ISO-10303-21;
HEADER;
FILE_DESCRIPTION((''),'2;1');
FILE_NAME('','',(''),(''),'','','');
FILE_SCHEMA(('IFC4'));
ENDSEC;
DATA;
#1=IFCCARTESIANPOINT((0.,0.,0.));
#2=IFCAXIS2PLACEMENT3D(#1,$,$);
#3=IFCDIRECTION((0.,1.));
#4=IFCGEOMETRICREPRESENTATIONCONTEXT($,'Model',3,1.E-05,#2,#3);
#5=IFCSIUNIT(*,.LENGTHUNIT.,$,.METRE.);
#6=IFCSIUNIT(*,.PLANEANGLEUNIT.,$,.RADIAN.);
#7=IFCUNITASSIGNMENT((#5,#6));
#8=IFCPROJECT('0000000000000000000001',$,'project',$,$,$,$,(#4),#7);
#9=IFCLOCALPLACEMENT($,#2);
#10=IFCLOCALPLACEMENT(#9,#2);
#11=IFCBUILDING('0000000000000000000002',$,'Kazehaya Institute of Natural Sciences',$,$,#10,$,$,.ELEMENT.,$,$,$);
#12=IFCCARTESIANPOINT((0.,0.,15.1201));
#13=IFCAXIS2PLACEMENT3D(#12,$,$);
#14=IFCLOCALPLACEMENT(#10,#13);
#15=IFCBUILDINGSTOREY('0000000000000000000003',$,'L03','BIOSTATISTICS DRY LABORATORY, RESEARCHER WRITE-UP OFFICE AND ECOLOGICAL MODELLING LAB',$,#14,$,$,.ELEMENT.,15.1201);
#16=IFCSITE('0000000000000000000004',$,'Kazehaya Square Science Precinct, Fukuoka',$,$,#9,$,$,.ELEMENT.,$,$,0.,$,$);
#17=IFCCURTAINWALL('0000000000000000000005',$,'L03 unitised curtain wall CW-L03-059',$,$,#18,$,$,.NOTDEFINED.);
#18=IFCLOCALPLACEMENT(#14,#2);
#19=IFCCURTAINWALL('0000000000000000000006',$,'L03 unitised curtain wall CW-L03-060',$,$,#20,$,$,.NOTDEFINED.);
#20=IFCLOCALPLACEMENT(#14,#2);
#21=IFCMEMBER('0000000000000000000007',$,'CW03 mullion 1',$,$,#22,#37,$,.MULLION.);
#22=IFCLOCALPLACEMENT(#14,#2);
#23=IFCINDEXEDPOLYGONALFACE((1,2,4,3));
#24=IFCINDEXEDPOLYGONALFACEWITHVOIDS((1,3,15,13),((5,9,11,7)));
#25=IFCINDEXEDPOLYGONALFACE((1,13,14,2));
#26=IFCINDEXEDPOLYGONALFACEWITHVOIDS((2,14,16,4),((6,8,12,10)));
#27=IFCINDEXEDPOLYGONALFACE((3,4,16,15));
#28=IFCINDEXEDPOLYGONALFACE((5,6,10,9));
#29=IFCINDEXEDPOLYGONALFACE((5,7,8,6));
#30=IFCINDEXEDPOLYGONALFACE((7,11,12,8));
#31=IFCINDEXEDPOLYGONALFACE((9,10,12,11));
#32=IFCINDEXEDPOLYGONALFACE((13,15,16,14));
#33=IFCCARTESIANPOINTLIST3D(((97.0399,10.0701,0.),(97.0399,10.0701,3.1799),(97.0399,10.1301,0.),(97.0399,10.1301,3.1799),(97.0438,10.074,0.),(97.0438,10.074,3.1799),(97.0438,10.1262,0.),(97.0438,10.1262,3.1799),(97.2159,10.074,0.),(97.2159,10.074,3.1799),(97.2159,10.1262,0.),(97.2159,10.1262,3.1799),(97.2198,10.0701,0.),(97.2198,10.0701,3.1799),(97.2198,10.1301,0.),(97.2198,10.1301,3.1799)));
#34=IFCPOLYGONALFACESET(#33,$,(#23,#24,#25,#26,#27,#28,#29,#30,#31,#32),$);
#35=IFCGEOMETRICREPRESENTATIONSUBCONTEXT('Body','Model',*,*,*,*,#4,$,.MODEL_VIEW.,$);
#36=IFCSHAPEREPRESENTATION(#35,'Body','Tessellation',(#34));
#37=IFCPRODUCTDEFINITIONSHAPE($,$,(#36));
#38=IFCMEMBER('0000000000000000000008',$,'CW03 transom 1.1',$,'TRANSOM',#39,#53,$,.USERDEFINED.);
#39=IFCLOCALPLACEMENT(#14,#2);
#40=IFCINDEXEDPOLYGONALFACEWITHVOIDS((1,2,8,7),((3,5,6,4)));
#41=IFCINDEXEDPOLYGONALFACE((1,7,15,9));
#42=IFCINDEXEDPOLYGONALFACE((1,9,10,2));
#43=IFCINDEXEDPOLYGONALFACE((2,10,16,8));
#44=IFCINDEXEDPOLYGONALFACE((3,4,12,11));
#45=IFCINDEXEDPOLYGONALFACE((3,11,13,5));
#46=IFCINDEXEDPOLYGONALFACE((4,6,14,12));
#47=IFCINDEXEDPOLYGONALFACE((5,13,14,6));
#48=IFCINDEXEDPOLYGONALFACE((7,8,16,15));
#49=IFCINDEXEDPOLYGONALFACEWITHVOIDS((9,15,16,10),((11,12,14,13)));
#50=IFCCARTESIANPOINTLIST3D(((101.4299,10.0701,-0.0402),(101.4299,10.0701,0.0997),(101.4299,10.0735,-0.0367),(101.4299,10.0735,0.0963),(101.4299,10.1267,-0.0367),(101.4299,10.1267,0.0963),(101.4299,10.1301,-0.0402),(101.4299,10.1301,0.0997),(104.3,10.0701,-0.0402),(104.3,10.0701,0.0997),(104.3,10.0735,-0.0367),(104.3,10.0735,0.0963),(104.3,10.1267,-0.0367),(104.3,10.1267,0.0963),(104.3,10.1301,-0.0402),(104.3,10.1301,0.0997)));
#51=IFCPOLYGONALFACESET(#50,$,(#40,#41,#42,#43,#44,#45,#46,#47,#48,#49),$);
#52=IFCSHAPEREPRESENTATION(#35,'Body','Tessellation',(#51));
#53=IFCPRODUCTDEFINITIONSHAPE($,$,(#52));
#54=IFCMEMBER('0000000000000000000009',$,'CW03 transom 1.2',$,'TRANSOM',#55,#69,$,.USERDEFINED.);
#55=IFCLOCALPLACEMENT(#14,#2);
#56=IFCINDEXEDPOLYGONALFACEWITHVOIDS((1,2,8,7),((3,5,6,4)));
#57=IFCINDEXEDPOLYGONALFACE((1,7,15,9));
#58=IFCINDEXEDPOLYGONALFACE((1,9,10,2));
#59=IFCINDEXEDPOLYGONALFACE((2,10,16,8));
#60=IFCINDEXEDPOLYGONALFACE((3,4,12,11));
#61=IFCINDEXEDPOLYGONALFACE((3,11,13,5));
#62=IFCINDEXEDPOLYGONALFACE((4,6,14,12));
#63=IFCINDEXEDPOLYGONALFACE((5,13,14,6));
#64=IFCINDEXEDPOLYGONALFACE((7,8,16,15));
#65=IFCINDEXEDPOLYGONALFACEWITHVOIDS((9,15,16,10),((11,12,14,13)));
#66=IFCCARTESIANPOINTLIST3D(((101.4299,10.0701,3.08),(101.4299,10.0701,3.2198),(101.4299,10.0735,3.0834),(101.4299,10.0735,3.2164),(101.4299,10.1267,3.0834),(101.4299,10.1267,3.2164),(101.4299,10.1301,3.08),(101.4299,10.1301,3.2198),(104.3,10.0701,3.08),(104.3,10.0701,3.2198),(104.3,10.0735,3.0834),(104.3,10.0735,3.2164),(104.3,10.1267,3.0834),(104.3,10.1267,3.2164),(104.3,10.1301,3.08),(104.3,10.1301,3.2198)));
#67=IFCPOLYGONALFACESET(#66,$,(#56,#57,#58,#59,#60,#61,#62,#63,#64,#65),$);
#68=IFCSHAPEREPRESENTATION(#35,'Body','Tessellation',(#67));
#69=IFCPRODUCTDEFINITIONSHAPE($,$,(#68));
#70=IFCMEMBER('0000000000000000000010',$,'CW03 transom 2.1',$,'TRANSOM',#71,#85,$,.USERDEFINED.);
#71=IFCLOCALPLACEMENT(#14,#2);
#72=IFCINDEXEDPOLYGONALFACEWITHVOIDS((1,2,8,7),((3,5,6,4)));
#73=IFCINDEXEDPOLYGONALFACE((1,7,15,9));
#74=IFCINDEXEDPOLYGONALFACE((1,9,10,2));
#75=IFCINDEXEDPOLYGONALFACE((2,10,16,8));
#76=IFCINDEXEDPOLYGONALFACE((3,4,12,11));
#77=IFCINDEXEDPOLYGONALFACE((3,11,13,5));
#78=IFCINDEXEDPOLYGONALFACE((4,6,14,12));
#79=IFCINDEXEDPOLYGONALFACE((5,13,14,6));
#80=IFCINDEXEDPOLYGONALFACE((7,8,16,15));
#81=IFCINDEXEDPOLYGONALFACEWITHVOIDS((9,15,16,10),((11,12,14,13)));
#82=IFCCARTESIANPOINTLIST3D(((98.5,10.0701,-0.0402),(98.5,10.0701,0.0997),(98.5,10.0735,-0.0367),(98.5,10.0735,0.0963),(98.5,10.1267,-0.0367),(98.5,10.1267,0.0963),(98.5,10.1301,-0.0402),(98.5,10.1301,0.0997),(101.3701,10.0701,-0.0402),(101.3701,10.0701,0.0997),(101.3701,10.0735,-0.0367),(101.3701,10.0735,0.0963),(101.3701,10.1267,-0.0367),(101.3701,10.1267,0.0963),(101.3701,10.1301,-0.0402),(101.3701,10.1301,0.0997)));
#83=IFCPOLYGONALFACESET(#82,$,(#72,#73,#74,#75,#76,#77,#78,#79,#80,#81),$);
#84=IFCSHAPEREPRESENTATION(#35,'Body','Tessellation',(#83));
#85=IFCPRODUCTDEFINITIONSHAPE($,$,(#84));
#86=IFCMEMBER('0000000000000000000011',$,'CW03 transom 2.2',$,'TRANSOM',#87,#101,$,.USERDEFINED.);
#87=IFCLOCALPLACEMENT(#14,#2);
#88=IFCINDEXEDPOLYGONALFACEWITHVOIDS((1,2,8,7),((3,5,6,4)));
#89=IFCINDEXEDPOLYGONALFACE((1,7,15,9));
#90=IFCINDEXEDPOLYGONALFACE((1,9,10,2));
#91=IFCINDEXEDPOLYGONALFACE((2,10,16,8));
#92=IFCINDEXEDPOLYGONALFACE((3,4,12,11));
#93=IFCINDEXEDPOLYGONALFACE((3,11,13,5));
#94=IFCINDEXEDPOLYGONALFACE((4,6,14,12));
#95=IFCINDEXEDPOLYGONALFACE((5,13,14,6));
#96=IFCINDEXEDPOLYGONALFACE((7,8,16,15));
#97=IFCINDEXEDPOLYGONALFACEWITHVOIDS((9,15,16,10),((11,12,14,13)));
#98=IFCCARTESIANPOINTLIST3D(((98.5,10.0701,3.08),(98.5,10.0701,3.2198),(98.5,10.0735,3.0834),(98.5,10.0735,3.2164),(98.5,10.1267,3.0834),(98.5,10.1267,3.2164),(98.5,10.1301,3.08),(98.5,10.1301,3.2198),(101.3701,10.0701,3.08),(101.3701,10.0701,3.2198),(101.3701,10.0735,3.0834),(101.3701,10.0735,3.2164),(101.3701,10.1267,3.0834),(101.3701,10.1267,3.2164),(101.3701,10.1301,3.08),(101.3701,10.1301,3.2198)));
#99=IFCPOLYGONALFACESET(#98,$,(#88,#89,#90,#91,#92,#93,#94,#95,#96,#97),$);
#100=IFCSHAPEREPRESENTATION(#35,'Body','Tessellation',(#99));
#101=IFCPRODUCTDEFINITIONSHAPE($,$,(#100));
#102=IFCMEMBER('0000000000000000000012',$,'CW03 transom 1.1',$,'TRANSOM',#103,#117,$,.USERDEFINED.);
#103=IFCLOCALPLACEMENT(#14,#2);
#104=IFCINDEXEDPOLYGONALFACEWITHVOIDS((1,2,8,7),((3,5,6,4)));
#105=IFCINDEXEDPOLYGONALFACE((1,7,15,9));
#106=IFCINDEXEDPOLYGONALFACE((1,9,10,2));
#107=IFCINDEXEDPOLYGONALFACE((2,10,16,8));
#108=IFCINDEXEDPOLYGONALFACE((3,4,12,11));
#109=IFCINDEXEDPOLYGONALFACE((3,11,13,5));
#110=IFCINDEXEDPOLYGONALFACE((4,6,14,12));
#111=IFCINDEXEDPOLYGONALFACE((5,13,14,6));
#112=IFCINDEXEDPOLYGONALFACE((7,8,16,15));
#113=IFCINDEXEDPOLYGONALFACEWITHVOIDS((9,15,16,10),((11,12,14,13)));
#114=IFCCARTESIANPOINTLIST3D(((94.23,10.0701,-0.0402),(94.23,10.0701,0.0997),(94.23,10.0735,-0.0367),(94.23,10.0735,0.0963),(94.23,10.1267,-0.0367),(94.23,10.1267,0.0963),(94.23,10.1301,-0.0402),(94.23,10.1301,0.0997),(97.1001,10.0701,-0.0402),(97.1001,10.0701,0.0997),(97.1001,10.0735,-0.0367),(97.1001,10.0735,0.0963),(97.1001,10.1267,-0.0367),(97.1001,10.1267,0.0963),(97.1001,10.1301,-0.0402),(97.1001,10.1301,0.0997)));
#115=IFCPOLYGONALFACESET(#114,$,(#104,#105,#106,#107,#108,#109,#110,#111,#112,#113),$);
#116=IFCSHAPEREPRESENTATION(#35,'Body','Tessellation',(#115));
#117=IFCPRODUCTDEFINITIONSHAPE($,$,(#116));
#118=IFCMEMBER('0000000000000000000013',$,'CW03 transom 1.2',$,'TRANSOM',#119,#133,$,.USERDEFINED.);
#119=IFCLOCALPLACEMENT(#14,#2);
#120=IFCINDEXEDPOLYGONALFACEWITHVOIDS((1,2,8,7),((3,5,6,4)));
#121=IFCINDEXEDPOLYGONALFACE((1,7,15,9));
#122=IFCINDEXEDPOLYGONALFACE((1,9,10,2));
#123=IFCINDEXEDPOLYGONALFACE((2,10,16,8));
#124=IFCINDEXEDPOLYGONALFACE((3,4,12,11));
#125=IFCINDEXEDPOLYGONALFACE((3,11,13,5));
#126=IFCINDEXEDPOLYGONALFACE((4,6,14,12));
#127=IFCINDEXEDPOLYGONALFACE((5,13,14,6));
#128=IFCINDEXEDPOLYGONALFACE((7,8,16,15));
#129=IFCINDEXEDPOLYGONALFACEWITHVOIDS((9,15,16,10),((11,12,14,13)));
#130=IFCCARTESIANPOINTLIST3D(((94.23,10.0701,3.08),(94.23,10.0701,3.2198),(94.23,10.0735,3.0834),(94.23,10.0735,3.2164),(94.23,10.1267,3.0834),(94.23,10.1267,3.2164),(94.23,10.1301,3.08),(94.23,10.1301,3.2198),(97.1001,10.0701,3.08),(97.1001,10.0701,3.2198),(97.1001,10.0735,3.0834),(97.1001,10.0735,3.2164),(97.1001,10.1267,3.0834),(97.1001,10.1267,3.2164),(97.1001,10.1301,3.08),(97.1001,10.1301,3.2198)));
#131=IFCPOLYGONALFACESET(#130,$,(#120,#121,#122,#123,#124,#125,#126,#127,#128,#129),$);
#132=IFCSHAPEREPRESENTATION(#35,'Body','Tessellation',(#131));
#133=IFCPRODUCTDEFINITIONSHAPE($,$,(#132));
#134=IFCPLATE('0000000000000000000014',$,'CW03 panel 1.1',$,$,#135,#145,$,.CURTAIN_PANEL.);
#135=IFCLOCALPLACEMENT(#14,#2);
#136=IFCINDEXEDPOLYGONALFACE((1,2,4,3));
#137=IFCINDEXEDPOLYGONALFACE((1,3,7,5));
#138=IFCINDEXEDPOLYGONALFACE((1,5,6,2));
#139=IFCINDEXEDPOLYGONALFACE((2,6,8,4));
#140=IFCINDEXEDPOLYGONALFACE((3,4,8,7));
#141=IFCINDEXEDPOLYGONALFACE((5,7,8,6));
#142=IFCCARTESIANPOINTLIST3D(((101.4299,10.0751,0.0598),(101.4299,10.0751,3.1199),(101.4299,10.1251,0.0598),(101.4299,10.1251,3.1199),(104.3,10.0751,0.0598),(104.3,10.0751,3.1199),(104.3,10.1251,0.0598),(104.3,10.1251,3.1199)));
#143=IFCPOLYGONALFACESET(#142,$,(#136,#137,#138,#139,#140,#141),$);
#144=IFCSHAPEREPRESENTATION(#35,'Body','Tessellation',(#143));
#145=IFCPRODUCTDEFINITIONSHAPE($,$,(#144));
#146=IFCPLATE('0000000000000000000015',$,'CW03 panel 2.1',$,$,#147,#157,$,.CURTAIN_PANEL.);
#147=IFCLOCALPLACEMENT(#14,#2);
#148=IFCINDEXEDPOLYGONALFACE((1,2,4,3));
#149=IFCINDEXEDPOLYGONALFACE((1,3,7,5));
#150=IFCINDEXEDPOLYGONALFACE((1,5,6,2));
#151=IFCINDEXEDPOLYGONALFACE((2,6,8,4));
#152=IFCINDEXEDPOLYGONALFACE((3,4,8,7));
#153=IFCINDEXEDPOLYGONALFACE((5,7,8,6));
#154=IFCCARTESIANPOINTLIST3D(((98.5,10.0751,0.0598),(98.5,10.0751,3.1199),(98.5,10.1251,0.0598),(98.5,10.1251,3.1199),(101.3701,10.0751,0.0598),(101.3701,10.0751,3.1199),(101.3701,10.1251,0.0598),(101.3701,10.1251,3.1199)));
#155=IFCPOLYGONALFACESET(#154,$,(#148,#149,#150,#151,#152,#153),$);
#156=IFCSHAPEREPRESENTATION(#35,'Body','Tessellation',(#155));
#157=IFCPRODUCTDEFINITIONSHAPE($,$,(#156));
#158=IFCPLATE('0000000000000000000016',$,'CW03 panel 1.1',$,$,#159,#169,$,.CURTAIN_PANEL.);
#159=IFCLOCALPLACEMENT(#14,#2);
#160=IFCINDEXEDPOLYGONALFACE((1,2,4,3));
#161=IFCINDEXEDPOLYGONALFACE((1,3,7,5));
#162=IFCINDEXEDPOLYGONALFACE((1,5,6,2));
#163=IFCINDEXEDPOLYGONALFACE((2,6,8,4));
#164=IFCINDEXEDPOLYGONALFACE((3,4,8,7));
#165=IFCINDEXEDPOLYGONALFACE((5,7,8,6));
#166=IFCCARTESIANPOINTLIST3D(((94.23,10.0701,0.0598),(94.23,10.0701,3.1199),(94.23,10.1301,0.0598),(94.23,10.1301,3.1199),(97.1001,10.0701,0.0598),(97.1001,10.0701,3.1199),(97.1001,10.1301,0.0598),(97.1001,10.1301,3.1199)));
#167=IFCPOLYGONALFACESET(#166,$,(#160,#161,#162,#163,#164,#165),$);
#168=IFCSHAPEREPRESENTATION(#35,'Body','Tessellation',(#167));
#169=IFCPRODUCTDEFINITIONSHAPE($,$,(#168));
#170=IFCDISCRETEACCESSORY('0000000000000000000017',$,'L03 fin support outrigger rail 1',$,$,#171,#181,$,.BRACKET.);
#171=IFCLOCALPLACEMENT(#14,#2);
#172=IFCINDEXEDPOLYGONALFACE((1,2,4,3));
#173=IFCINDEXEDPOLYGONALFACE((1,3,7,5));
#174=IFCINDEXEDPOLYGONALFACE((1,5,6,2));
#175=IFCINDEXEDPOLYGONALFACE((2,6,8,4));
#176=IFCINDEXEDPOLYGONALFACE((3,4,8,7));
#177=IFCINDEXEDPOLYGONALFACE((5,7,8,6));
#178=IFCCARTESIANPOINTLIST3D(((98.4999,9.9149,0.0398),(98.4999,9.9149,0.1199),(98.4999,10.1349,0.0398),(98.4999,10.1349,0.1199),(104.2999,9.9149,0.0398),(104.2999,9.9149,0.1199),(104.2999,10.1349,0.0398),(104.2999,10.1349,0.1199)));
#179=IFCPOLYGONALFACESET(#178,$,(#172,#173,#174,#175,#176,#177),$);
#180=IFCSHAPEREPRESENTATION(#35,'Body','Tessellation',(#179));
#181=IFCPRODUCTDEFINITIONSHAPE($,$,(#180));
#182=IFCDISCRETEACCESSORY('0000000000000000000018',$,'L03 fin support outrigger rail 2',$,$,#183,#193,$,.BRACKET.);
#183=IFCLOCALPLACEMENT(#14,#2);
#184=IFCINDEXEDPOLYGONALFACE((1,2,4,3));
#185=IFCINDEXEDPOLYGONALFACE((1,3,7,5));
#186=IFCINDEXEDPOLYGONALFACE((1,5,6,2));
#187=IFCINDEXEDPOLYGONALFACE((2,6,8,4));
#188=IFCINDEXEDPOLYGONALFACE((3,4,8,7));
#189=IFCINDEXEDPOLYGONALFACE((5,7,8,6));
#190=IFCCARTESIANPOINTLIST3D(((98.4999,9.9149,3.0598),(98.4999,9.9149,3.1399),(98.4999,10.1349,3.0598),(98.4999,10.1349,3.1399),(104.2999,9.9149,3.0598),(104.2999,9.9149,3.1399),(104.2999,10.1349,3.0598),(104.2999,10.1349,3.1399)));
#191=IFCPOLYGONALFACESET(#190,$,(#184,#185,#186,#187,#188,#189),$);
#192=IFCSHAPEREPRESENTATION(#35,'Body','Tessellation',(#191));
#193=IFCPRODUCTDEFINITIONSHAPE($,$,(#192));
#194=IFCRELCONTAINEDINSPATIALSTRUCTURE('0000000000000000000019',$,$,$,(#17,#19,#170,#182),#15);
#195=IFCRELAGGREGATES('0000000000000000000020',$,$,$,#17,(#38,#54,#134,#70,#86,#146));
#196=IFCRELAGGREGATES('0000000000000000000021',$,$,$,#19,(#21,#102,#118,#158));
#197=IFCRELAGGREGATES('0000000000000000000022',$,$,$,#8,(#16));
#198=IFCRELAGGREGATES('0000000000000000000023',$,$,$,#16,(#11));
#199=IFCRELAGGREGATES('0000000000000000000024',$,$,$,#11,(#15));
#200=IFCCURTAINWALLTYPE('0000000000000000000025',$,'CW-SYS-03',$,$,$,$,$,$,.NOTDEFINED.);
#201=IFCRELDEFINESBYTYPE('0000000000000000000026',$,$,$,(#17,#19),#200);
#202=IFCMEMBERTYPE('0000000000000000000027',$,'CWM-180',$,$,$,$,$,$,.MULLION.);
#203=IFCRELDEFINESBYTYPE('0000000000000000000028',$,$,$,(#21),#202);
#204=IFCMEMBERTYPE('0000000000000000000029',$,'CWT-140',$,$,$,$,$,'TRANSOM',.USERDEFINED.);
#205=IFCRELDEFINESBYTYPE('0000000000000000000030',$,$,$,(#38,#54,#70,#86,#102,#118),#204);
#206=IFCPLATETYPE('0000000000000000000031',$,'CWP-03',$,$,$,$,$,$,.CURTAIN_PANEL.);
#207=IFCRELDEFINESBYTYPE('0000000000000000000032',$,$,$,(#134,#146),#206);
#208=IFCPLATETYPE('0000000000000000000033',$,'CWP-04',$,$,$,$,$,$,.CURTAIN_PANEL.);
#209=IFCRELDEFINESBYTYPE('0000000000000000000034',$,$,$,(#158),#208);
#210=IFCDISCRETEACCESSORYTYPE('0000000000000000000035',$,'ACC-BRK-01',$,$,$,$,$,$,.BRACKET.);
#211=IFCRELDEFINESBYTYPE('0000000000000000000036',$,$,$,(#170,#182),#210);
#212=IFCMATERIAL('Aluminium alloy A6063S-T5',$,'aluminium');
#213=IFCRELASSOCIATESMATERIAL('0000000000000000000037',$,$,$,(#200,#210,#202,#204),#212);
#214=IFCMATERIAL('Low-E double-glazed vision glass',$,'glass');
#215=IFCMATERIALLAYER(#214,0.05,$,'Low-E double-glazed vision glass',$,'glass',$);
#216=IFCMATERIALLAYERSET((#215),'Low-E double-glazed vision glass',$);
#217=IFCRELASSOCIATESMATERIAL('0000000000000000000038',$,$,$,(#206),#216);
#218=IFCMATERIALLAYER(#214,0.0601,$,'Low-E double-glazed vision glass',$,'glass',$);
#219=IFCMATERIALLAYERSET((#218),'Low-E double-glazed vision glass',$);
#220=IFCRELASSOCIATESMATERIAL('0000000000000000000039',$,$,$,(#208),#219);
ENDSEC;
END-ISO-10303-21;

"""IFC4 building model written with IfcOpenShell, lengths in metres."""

from ifc_helpers import new_model, si_unit, direction, frame, origin, origin_2d, place, context, subcontext, project, spatial, rectangle, hollow_rectangle, extrude, material, layer, layer_set, material_profile, profile_set, type_object, element, aggregate, save


model = new_model("IFC4")

# Units and contexts
model_context = context("Model", 3, precision=1e-05, world=origin(), true_north=direction((0.0, 1.0)))
body_context = subcontext(model_context, "Body", "Model", "MODEL_VIEW")
ifc_project = project(units=[si_unit("LENGTHUNIT", "METRE"), si_unit("PLANEANGLEUNIT", "RADIAN")], contexts=[model_context])

# Site, building, storey
site_placement = place(None, origin())
site = spatial("IfcSite", under=ifc_project, at=site_placement, Name="Kazehaya Square Science Precinct, Fukuoka", CompositionType="ELEMENT", RefElevation=0.0)
building_placement = place(site_placement, origin())
building = spatial("IfcBuilding", under=site, at=building_placement, Name="Kazehaya Institute of Natural Sciences", CompositionType="ELEMENT")
storey_placement = place(building_placement, frame((0.0, 0.0, 15.1201)))
storey = spatial("IfcBuildingStorey", under=building, at=storey_placement, Name="L03", Description="BIOSTATISTICS DRY LABORATORY, RESEARCHER WRITE-UP OFFICE AND ECOLOGICAL MODELLING LAB", CompositionType="ELEMENT", Elevation=15.1201)

# Shared definitions
ifc_material_1 = material(Name="Aluminium alloy A6063S-T5", Category="aluminium")
curtain_wall_type = type_object("IfcCurtainWallType", Name="CW-SYS-03", PredefinedType="NOTDEFINED", material=ifc_material_1)
ifc_material_profile_1 = material_profile(ifc_material_1, hollow_rectangle(XDim=0.0601, YDim=0.1799, WallThickness=0.0039, at=origin_2d()), Name="ALU-60x180x4")
ifc_profile_set_1 = profile_set([ifc_material_profile_1], Name="Aluminium alloy A6063S-T5")
member_type_1 = type_object("IfcMemberType", Name="CWM-180", PredefinedType="MULLION", material=ifc_profile_set_1)

# Curtain wall
curtain_wall_1_placement = place(storey_placement, origin())
curtain_wall_1 = element("IfcCurtainWall", 1, at=curtain_wall_1_placement, inside=storey, type_object=curtain_wall_type, Name="L03 unitised curtain wall CW-L03-059", PredefinedType="NOTDEFINED")

# Curtain wall, member
curtain_wall_2_placement = place(storey_placement, origin())
curtain_wall_2 = element("IfcCurtainWall", 2, at=curtain_wall_2_placement, inside=storey, type_object=curtain_wall_type, Name="L03 unitised curtain wall CW-L03-060", PredefinedType="NOTDEFINED")
member_1_placement = place(storey_placement, frame((97.1299, 10.1001, 0.0), z_axis=(0.0, 0.0, 1.0), x_axis=(0.0, -1.0, 0.0)))
member_1 = element("IfcMember", 3, at=member_1_placement, type_object=member_type_1, Name="CW03 mullion 1", PredefinedType="MULLION", context=body_context, shape_type="SweptSolid", body=[
    extrude(hollow_rectangle(XDim=0.0601, YDim=0.1799, WallThickness=0.0039, at=origin_2d()), origin(), (0.0, 0.0, 1.0), 3.1799),
])

# Members
ifc_material_profile_2 = material_profile(ifc_material_1, hollow_rectangle(XDim=0.0601, YDim=0.1399, WallThickness=0.0034, at=origin_2d()), Name="ALU-60x140x3.5")
ifc_profile_set_2 = profile_set([ifc_material_profile_2], Name="Aluminium alloy A6063S-T5")
member_type_2 = type_object("IfcMemberType", Name="CWT-140", ElementType="TRANSOM", PredefinedType="USERDEFINED", material=ifc_profile_set_2)
member_2_placement = place(storey_placement, frame((104.3, 10.1001, 0.0298), z_axis=(-1.0, 0.0, 0.0), x_axis=(0.0, -1.0, 0.0)))
member_2 = element("IfcMember", 4, at=member_2_placement, type_object=member_type_2, Name="CW03 transom 1.1", ObjectType="TRANSOM", PredefinedType="USERDEFINED", context=body_context, shape_type="SweptSolid", body=[
    extrude(hollow_rectangle(XDim=0.0601, YDim=0.1399, WallThickness=0.0034, at=origin_2d()), origin(), (0.0, 0.0, 1.0), 2.8701),
])
member_3_placement = place(storey_placement, frame((104.3, 10.1001, 3.1499), z_axis=(-1.0, 0.0, 0.0), x_axis=(0.0, -1.0, 0.0)))
member_3 = element("IfcMember", 5, at=member_3_placement, type_object=member_type_2, Name="CW03 transom 1.2", ObjectType="TRANSOM", PredefinedType="USERDEFINED", context=body_context, shape_type="SweptSolid", body=[
    extrude(hollow_rectangle(XDim=0.0601, YDim=0.1399, WallThickness=0.0034, at=origin_2d()), origin(), (0.0, 0.0, 1.0), 2.8701),
])
member_4_placement = place(storey_placement, frame((101.3701, 10.1001, 0.0298), z_axis=(-1.0, 0.0, 0.0), x_axis=(0.0, -1.0, 0.0)))
member_4 = element("IfcMember", 6, at=member_4_placement, type_object=member_type_2, Name="CW03 transom 2.1", ObjectType="TRANSOM", PredefinedType="USERDEFINED", context=body_context, shape_type="SweptSolid", body=[
    extrude(hollow_rectangle(XDim=0.0601, YDim=0.1399, WallThickness=0.0034, at=origin_2d()), origin(), (0.0, 0.0, 1.0), 2.8701),
])
member_5_placement = place(storey_placement, frame((101.3701, 10.1001, 3.1499), z_axis=(-1.0, 0.0, 0.0), x_axis=(0.0, -1.0, 0.0)))
member_5 = element("IfcMember", 7, at=member_5_placement, type_object=member_type_2, Name="CW03 transom 2.2", ObjectType="TRANSOM", PredefinedType="USERDEFINED", context=body_context, shape_type="SweptSolid", body=[
    extrude(hollow_rectangle(XDim=0.0601, YDim=0.1399, WallThickness=0.0034, at=origin_2d()), origin(), (0.0, 0.0, 1.0), 2.8701),
])
member_6_placement = place(storey_placement, frame((97.1001, 10.1001, 0.0298), z_axis=(-1.0, 0.0, 0.0), x_axis=(0.0, -1.0, 0.0)))
member_6 = element("IfcMember", 8, at=member_6_placement, type_object=member_type_2, Name="CW03 transom 1.1", ObjectType="TRANSOM", PredefinedType="USERDEFINED", context=body_context, shape_type="SweptSolid", body=[
    extrude(hollow_rectangle(XDim=0.0601, YDim=0.1399, WallThickness=0.0034, at=origin_2d()), origin(), (0.0, 0.0, 1.0), 2.8701),
])
member_7_placement = place(storey_placement, frame((97.1001, 10.1001, 3.1499), z_axis=(-1.0, 0.0, 0.0), x_axis=(0.0, -1.0, 0.0)))
member_7 = element("IfcMember", 9, at=member_7_placement, type_object=member_type_2, Name="CW03 transom 1.2", ObjectType="TRANSOM", PredefinedType="USERDEFINED", context=body_context, shape_type="SweptSolid", body=[
    extrude(hollow_rectangle(XDim=0.0601, YDim=0.1399, WallThickness=0.0034, at=origin_2d()), origin(), (0.0, 0.0, 1.0), 2.8701),
])

# Plates
ifc_material_2 = material(Name="Low-E double-glazed vision glass", Category="glass")
ifc_layer_1 = layer(ifc_material_2, 0.05, Name="Low-E double-glazed vision glass", Category="glass")
ifc_layer_set_1 = layer_set([ifc_layer_1], Name="Low-E double-glazed vision glass")
plate_type_1 = type_object("IfcPlateType", Name="CWP-03", PredefinedType="CURTAIN_PANEL", material=ifc_layer_set_1)
plate_1_placement = place(storey_placement, frame((102.865, 10.1001, 0.0598), z_axis=(0.0, 0.0, 1.0), x_axis=(-1.0, 0.0, 0.0)))
plate_1 = element("IfcPlate", 10, at=plate_1_placement, type_object=plate_type_1, Name="CW03 panel 1.1", PredefinedType="CURTAIN_PANEL", context=body_context, shape_type="SweptSolid", body=[
    extrude(rectangle(XDim=2.8701, YDim=0.05, at=origin_2d()), origin(), (0.0, 0.0, 1.0), 3.0601),
])
plate_2_placement = place(storey_placement, frame((99.9351, 10.1001, 0.0598), z_axis=(0.0, 0.0, 1.0), x_axis=(-1.0, 0.0, 0.0)))
plate_2 = element("IfcPlate", 11, at=plate_2_placement, type_object=plate_type_1, Name="CW03 panel 2.1", PredefinedType="CURTAIN_PANEL", context=body_context, shape_type="SweptSolid", body=[
    extrude(rectangle(XDim=2.8701, YDim=0.05, at=origin_2d()), origin(), (0.0, 0.0, 1.0), 3.0601),
])
aggregate(curtain_wall_1, [member_2, member_3, plate_1, member_4, member_5, plate_2])
ifc_layer_2 = layer(ifc_material_2, 0.0601, Name="Low-E double-glazed vision glass", Category="glass")
ifc_layer_set_2 = layer_set([ifc_layer_2], Name="Low-E double-glazed vision glass")
plate_type_2 = type_object("IfcPlateType", Name="CWP-04", PredefinedType="CURTAIN_PANEL", material=ifc_layer_set_2)
plate_3_placement = place(storey_placement, frame((95.665, 10.1001, 0.0598), z_axis=(0.0, 0.0, 1.0), x_axis=(-1.0, 0.0, 0.0)))
plate_3 = element("IfcPlate", 12, at=plate_3_placement, type_object=plate_type_2, Name="CW03 panel 1.1", PredefinedType="CURTAIN_PANEL", context=body_context, shape_type="SweptSolid", body=[
    extrude(rectangle(XDim=2.8701, YDim=0.0601, at=origin_2d()), origin(), (0.0, 0.0, 1.0), 3.0601),
])
aggregate(curtain_wall_2, [member_1, member_6, member_7, plate_3])

# Discrete accessories
discrete_accessory_type = type_object("IfcDiscreteAccessoryType", Name="ACC-BRK-01", PredefinedType="BRACKET", material=ifc_material_1)
for number, where, z_axis, x_axis, name in (
    (13, (101.3999, 10.0249, 0.0398), (0.0, 0.0, 1.0), (-1.0, 0.0, 0.0), "L03 fin support outrigger rail 1"),
    (14, (101.3999, 10.0249, 3.0598), (0.0, 0.0, 1.0), (-1.0, 0.0, 0.0), "L03 fin support outrigger rail 2"),
):
    element("IfcDiscreteAccessory", number, at=place(storey_placement, frame(where, z_axis=z_axis, x_axis=x_axis)), inside=storey, type_object=discrete_accessory_type, Name=name, PredefinedType="BRACKET", context=body_context, shape_type="SweptSolid", body=[
        extrude(rectangle(XDim=5.8, YDim=0.22, at=origin_2d()), origin(), (0.0, 0.0, 1.0), 0.0801),
    ])

save(model, "model.ifc")
